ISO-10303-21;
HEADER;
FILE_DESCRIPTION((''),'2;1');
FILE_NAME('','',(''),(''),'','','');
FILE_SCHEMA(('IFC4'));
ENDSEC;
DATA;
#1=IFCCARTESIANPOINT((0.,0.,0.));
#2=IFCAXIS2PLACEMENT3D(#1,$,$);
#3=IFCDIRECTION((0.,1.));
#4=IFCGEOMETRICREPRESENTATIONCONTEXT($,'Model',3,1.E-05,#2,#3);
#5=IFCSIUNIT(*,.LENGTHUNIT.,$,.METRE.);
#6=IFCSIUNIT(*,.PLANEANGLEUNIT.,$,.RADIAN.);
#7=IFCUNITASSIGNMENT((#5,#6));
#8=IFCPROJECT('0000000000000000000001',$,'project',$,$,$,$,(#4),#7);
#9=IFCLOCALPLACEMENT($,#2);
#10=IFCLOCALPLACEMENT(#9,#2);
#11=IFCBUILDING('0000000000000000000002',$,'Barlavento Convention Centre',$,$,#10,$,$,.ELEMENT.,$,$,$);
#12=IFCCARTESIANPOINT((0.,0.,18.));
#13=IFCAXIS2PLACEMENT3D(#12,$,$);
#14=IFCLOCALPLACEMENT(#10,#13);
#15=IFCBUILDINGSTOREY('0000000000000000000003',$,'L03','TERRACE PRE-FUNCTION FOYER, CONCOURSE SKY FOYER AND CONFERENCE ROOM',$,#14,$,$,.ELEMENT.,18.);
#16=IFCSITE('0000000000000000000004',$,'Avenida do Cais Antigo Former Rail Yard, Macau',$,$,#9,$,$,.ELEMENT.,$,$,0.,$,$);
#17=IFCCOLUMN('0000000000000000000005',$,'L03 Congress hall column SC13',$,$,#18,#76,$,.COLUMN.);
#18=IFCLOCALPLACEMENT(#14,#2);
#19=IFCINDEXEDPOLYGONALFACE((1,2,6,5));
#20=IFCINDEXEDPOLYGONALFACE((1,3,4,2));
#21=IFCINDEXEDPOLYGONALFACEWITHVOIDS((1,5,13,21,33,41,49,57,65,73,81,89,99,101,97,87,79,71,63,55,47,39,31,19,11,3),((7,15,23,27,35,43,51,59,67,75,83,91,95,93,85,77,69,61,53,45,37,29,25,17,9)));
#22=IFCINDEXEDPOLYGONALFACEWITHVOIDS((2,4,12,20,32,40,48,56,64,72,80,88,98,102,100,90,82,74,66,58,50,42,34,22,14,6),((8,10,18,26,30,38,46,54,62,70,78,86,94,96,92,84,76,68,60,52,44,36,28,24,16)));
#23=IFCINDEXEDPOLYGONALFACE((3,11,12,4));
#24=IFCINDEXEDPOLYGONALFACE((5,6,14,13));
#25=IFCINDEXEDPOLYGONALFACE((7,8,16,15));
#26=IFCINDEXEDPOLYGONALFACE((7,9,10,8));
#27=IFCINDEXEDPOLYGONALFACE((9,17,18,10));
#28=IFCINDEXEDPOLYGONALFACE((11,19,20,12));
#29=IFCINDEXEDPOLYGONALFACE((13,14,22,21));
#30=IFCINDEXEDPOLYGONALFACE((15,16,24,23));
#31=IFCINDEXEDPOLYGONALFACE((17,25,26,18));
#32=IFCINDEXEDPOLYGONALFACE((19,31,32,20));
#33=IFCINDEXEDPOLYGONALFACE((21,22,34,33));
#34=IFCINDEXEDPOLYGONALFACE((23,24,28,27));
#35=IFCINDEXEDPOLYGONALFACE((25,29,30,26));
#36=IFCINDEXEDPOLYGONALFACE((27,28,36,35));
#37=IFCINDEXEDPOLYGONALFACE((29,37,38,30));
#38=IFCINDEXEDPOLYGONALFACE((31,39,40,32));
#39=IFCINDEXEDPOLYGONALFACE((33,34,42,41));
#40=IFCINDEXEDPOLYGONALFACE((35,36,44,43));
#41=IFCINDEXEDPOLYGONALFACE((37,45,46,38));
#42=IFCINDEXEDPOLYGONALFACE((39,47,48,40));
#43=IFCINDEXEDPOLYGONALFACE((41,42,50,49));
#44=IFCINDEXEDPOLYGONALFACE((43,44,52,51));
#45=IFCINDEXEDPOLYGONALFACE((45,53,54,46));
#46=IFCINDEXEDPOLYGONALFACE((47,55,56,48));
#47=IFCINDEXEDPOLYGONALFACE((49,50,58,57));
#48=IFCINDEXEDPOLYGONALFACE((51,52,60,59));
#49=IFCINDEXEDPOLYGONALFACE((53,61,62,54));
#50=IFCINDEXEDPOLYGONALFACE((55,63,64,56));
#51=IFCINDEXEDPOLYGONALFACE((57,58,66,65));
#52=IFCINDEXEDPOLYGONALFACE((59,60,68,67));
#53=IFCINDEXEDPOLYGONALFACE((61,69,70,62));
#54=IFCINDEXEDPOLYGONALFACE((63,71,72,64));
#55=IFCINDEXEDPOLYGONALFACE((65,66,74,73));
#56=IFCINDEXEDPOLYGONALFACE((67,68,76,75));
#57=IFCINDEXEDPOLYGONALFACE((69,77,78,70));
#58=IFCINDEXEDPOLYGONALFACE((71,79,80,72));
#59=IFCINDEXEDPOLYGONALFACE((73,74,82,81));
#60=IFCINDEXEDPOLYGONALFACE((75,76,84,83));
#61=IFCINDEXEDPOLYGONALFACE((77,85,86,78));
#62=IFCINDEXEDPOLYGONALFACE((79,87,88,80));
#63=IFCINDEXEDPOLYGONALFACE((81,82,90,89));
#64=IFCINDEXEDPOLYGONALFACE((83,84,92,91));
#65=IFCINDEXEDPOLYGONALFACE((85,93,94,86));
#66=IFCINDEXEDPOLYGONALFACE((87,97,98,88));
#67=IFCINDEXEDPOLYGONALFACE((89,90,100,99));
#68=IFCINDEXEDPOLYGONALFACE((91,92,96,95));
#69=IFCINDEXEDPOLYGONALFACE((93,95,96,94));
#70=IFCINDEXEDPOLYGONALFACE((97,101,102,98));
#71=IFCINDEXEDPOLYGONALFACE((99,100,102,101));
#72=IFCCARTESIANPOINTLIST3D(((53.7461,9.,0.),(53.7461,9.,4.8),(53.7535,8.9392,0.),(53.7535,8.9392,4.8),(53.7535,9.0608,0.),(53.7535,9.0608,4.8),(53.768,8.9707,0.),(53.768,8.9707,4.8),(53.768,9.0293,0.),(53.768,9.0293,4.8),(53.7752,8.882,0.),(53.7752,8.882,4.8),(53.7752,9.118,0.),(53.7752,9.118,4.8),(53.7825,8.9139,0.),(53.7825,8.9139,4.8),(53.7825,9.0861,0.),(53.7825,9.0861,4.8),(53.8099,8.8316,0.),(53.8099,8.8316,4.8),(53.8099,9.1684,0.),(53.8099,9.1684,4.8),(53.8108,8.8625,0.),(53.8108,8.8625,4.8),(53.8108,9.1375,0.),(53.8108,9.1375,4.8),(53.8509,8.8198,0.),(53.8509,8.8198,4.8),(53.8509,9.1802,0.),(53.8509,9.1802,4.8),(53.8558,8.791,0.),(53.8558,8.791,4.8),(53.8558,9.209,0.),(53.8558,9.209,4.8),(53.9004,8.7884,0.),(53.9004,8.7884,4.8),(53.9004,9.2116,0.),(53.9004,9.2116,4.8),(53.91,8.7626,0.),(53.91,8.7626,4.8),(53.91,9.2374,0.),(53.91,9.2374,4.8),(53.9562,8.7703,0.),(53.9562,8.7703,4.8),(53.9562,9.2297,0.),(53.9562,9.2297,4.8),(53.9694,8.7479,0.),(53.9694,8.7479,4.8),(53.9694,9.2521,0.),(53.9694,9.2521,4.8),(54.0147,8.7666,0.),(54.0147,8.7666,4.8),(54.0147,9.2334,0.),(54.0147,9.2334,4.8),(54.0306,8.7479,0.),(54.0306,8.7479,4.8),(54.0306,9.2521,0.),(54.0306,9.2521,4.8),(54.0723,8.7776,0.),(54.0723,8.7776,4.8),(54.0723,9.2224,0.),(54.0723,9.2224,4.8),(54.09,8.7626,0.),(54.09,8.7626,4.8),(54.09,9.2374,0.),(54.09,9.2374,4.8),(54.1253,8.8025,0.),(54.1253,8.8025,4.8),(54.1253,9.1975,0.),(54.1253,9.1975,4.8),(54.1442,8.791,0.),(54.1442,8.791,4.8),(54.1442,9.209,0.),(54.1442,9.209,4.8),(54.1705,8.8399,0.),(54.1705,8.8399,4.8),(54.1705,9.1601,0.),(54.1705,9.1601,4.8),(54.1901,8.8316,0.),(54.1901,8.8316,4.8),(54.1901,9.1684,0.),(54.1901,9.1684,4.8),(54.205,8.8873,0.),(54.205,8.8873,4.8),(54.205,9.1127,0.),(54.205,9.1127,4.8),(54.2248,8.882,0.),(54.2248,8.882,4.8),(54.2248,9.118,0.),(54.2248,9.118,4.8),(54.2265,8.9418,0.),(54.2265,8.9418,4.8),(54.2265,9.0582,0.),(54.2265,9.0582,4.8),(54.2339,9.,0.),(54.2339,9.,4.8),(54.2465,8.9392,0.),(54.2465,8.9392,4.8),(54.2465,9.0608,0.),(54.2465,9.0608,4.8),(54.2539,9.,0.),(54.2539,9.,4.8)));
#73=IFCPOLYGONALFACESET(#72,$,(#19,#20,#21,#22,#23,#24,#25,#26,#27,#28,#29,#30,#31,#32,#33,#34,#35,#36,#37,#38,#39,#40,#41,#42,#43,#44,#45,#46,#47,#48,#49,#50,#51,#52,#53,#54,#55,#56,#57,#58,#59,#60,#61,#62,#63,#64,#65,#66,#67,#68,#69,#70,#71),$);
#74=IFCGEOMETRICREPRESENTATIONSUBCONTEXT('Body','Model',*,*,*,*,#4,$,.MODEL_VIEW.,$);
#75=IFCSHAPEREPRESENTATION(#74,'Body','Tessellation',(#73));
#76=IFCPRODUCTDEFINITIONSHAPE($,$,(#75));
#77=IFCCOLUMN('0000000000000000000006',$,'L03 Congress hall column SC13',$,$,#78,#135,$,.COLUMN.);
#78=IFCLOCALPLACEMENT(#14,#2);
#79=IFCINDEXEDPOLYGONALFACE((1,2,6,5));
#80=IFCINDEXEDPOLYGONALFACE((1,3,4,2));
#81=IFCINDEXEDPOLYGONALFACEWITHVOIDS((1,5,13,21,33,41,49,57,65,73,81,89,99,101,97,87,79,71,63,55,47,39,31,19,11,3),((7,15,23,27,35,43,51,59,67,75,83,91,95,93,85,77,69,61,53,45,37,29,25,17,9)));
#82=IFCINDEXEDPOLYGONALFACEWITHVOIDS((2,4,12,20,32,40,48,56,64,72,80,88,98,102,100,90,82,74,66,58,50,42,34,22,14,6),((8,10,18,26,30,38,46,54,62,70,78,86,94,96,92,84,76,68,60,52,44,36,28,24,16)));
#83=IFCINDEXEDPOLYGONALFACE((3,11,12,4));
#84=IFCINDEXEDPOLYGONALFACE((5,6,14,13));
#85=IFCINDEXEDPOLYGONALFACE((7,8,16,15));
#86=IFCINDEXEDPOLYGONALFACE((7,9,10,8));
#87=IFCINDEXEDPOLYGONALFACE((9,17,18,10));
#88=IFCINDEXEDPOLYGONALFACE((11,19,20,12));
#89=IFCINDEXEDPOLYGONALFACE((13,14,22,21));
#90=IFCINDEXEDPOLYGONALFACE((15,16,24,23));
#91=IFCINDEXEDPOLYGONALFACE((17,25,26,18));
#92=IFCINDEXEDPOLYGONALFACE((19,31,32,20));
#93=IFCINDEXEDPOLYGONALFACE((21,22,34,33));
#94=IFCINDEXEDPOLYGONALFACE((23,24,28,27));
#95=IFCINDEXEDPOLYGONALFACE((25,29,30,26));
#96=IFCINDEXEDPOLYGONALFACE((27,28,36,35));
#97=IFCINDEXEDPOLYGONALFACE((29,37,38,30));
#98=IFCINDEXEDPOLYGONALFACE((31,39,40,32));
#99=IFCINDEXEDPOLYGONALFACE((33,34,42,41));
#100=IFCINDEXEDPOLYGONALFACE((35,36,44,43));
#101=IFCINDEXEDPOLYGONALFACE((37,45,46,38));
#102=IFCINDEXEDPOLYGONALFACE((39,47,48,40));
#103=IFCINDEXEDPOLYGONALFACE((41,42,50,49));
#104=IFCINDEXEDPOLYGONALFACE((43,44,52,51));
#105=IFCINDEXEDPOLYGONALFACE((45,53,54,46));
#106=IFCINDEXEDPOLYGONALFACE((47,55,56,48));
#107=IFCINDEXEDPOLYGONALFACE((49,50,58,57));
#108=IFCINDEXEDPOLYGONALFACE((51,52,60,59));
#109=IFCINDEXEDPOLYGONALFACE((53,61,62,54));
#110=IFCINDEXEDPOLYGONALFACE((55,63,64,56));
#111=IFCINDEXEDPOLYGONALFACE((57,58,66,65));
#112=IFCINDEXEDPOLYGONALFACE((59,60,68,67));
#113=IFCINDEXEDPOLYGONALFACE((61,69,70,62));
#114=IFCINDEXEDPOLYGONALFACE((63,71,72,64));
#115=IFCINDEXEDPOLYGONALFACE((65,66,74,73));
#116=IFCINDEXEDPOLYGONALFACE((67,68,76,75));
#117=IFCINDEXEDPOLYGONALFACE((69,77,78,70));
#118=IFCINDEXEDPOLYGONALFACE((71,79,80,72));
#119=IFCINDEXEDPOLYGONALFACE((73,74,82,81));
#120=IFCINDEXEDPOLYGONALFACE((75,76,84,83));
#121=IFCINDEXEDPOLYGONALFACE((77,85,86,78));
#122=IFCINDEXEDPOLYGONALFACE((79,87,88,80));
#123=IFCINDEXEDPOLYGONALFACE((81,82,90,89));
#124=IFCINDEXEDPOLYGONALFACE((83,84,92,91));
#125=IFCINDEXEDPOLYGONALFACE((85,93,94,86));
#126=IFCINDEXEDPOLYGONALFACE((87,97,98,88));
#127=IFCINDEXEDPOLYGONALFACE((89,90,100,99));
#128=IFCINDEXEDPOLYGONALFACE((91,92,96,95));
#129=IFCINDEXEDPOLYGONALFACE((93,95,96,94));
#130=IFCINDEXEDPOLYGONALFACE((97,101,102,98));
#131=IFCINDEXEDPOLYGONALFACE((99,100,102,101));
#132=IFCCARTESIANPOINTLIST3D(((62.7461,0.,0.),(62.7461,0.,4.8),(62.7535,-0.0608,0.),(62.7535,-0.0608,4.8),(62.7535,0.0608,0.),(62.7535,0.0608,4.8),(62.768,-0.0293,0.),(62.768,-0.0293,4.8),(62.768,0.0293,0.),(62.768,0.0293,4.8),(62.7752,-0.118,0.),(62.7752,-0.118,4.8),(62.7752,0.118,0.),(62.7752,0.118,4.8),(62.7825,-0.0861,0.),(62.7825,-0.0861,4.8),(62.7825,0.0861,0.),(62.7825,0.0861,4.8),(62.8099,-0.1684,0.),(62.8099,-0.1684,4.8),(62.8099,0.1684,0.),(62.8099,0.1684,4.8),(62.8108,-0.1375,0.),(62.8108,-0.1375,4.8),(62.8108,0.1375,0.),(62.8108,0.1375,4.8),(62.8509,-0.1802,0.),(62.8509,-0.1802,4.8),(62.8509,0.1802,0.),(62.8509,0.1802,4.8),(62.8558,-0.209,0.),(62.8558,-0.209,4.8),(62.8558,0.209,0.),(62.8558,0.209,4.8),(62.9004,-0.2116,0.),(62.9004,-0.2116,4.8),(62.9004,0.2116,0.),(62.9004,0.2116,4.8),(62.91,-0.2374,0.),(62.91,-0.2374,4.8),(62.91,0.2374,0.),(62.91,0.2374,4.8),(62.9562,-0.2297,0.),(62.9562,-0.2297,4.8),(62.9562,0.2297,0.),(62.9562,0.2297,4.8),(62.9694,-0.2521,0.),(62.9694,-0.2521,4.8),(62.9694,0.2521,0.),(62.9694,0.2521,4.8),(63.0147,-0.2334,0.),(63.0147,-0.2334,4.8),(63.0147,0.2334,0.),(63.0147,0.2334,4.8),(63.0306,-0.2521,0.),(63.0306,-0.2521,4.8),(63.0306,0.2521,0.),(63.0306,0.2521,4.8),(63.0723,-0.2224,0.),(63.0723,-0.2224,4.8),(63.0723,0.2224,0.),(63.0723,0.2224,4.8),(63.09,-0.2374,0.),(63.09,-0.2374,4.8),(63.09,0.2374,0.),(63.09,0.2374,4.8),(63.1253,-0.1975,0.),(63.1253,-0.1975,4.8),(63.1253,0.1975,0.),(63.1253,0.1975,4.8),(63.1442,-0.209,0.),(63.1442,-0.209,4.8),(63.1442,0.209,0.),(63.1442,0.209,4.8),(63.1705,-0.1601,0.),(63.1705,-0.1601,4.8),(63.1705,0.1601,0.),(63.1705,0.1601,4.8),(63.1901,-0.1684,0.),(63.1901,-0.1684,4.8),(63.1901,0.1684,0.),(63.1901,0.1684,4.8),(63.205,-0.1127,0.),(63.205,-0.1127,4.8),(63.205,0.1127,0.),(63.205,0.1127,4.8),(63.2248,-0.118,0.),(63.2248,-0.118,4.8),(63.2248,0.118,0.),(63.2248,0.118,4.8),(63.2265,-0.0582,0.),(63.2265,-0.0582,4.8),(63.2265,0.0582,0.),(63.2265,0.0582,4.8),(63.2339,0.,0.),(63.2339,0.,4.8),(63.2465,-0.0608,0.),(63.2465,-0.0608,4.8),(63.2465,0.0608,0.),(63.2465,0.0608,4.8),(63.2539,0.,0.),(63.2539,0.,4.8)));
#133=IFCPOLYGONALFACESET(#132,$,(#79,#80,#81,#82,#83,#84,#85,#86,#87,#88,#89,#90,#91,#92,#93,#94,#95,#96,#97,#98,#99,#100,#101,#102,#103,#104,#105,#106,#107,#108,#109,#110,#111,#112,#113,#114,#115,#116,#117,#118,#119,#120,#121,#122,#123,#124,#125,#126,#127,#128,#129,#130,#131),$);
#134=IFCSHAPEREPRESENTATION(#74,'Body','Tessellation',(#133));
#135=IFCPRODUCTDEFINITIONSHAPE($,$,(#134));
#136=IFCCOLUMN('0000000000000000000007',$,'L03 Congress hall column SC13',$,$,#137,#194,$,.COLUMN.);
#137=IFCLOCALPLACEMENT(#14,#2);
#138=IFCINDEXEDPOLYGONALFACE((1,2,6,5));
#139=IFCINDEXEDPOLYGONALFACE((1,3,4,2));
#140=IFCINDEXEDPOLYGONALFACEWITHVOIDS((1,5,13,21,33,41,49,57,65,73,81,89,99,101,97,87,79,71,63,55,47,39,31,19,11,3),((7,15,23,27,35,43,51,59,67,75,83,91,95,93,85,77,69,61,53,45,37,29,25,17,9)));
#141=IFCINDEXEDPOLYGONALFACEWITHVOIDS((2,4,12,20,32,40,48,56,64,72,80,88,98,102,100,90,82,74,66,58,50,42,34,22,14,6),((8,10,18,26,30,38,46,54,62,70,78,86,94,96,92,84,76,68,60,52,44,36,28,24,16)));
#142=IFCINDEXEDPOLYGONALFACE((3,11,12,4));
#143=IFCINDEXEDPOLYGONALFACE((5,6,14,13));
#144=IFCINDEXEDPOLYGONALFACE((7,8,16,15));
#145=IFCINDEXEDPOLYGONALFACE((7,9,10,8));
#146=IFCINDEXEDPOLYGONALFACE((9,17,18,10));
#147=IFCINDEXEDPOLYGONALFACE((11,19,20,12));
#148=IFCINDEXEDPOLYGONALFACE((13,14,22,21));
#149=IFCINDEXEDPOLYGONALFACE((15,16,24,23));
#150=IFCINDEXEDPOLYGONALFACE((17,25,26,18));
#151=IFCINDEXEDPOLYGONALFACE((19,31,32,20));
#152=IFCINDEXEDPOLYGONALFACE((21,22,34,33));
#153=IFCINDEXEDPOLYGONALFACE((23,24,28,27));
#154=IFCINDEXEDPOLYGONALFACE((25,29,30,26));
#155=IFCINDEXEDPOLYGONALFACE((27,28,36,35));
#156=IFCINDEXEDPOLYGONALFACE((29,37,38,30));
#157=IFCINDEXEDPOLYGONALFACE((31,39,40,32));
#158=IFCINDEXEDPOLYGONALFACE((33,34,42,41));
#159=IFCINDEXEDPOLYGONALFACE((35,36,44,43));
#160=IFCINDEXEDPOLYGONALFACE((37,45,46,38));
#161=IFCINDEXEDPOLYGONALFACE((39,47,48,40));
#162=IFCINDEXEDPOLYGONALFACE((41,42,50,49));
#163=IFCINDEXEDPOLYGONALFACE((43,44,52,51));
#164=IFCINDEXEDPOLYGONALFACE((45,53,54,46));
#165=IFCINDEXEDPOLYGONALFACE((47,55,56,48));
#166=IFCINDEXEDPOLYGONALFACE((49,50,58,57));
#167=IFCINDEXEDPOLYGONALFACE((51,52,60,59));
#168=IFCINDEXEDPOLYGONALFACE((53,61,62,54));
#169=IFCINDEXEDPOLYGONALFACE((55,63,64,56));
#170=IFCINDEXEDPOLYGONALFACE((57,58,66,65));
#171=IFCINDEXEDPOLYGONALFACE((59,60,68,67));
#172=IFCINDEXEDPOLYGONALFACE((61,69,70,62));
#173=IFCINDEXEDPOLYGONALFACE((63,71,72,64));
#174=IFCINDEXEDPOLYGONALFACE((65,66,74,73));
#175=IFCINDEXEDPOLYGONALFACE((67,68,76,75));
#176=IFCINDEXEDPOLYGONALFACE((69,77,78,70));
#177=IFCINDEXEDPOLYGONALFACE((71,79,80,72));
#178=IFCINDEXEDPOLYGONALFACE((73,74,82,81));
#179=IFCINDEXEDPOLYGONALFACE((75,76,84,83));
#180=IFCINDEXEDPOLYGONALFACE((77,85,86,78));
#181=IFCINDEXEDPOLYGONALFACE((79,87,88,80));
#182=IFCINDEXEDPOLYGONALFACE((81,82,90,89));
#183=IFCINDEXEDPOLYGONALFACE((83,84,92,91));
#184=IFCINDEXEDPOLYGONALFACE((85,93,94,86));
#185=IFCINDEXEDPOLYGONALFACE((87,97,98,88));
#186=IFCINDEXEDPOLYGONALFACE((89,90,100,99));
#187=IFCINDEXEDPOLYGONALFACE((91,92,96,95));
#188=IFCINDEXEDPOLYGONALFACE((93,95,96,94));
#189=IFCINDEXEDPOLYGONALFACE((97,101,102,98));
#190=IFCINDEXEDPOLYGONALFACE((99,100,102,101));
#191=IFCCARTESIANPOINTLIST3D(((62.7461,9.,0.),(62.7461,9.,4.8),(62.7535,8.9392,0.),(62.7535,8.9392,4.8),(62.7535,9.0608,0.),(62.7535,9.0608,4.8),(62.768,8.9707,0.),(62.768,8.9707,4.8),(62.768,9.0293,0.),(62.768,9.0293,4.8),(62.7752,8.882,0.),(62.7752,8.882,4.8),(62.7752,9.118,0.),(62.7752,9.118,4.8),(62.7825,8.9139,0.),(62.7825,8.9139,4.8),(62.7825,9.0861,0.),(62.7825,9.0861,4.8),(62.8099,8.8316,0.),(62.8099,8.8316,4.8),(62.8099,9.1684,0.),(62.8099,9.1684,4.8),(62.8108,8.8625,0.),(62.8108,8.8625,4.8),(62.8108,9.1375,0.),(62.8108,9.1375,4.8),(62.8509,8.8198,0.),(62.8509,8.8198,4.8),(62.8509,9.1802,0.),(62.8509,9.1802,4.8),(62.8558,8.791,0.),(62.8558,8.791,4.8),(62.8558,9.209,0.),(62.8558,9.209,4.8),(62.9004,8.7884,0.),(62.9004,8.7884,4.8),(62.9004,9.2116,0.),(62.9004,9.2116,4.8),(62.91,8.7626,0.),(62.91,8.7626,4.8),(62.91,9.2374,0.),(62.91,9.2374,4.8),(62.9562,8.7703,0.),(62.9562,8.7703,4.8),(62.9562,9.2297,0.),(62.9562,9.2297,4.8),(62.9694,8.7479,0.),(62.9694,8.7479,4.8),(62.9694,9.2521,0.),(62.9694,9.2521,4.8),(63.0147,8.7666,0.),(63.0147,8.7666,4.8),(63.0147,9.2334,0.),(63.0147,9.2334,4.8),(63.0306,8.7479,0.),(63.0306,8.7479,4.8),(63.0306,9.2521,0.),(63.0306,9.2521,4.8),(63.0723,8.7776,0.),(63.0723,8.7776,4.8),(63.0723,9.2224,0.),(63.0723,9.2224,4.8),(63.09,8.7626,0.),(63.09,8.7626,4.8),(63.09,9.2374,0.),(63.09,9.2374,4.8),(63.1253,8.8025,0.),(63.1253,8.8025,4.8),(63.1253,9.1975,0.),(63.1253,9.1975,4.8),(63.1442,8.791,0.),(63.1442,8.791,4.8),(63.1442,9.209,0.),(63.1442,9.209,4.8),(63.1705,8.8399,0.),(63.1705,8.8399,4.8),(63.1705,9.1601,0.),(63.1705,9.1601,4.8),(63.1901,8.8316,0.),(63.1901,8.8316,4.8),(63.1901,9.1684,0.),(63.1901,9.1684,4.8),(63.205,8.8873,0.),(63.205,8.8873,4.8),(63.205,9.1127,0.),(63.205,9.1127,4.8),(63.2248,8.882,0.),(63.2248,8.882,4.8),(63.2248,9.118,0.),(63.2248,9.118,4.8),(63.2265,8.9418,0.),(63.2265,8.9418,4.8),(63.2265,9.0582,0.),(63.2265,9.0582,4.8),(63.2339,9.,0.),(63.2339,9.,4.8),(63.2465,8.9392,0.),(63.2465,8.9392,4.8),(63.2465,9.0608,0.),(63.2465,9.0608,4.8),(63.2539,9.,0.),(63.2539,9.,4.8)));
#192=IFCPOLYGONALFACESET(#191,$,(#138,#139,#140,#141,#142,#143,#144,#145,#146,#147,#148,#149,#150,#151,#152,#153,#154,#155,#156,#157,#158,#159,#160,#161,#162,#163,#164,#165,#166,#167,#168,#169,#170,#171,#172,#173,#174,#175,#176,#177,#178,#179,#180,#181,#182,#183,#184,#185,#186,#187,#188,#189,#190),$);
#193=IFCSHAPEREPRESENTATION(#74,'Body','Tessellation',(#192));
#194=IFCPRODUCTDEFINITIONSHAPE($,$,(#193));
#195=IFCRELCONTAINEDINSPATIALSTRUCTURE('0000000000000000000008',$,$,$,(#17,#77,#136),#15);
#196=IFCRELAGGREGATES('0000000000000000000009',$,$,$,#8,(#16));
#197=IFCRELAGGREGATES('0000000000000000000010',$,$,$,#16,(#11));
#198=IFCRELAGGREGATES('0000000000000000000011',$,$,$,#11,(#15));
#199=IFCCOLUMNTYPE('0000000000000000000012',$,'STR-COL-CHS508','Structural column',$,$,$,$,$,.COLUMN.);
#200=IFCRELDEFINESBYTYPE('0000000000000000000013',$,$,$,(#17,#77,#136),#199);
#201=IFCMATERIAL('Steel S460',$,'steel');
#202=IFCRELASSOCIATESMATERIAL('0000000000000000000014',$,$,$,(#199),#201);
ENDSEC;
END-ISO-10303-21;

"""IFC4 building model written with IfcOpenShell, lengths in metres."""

from ifc_helpers import new_model, si_unit, direction, frame, origin, origin_2d, place, context, subcontext, project, spatial, hollow_circle, extrude, material, material_profile, profile_set, type_object, element, save


model = new_model("IFC4")

# Units and contexts
model_context = context("Model", 3, precision=1e-05, world=origin(), true_north=direction((0.0, 1.0)))
body_context = subcontext(model_context, "Body", "Model", "MODEL_VIEW")
ifc_project = project(units=[si_unit("LENGTHUNIT", "METRE"), si_unit("PLANEANGLEUNIT", "RADIAN")], contexts=[model_context])

# Site, building, storey
site_placement = place(None, origin())
site = spatial("IfcSite", under=ifc_project, at=site_placement, Name="Avenida do Cais Antigo Former Rail Yard, Macau", CompositionType="ELEMENT", RefElevation=0.0)
building_placement = place(site_placement, origin())
building = spatial("IfcBuilding", under=site, at=building_placement, Name="Barlavento Convention Centre", CompositionType="ELEMENT")
storey_placement = place(building_placement, frame((0.0, 0.0, 18.0)))
storey = spatial("IfcBuildingStorey", under=building, at=storey_placement, Name="L03", Description="TERRACE PRE-FUNCTION FOYER, CONCOURSE SKY FOYER AND CONFERENCE ROOM", CompositionType="ELEMENT", Elevation=18.0)

# Columns
ifc_material_1 = material(Name="Steel S460", Category="steel")
ifc_material_profile_1 = material_profile(ifc_material_1, hollow_circle(Radius=0.2539, WallThickness=0.02, at=origin_2d()), Name="CHS 508.0x20.0")
ifc_profile_set_1 = profile_set([ifc_material_profile_1], Name="Steel S460")
column_type_1 = type_object("IfcColumnType", Name="STR-COL-CHS508", Description="Structural column", PredefinedType="COLUMN", material=ifc_profile_set_1)
for number, where, z_axis, x_axis, name in (
    (1, (54.0, 9.0, 0.0), (0.0, 0.0, 1.0), (1.0, 0.0, 0.0), "L03 Congress hall column SC13"),
    (2, (63.0, 0.0, 0.0), (0.0, 0.0, 1.0), (1.0, 0.0, 0.0), "L03 Congress hall column SC13"),
    (3, (63.0, 9.0, 0.0), (0.0, 0.0, 1.0), (1.0, 0.0, 0.0), "L03 Congress hall column SC13"),
):
    element("IfcColumn", number, at=place(storey_placement, frame(where, z_axis=z_axis, x_axis=x_axis)), inside=storey, type_object=column_type_1, Name=name, PredefinedType="COLUMN", context=body_context, shape_type="SweptSolid", body=[
        extrude(hollow_circle(Radius=0.2539, WallThickness=0.02, at=origin_2d()), origin(), (0.0, 0.0, 1.0), 4.8),
    ])

save(model, "model.ifc")
